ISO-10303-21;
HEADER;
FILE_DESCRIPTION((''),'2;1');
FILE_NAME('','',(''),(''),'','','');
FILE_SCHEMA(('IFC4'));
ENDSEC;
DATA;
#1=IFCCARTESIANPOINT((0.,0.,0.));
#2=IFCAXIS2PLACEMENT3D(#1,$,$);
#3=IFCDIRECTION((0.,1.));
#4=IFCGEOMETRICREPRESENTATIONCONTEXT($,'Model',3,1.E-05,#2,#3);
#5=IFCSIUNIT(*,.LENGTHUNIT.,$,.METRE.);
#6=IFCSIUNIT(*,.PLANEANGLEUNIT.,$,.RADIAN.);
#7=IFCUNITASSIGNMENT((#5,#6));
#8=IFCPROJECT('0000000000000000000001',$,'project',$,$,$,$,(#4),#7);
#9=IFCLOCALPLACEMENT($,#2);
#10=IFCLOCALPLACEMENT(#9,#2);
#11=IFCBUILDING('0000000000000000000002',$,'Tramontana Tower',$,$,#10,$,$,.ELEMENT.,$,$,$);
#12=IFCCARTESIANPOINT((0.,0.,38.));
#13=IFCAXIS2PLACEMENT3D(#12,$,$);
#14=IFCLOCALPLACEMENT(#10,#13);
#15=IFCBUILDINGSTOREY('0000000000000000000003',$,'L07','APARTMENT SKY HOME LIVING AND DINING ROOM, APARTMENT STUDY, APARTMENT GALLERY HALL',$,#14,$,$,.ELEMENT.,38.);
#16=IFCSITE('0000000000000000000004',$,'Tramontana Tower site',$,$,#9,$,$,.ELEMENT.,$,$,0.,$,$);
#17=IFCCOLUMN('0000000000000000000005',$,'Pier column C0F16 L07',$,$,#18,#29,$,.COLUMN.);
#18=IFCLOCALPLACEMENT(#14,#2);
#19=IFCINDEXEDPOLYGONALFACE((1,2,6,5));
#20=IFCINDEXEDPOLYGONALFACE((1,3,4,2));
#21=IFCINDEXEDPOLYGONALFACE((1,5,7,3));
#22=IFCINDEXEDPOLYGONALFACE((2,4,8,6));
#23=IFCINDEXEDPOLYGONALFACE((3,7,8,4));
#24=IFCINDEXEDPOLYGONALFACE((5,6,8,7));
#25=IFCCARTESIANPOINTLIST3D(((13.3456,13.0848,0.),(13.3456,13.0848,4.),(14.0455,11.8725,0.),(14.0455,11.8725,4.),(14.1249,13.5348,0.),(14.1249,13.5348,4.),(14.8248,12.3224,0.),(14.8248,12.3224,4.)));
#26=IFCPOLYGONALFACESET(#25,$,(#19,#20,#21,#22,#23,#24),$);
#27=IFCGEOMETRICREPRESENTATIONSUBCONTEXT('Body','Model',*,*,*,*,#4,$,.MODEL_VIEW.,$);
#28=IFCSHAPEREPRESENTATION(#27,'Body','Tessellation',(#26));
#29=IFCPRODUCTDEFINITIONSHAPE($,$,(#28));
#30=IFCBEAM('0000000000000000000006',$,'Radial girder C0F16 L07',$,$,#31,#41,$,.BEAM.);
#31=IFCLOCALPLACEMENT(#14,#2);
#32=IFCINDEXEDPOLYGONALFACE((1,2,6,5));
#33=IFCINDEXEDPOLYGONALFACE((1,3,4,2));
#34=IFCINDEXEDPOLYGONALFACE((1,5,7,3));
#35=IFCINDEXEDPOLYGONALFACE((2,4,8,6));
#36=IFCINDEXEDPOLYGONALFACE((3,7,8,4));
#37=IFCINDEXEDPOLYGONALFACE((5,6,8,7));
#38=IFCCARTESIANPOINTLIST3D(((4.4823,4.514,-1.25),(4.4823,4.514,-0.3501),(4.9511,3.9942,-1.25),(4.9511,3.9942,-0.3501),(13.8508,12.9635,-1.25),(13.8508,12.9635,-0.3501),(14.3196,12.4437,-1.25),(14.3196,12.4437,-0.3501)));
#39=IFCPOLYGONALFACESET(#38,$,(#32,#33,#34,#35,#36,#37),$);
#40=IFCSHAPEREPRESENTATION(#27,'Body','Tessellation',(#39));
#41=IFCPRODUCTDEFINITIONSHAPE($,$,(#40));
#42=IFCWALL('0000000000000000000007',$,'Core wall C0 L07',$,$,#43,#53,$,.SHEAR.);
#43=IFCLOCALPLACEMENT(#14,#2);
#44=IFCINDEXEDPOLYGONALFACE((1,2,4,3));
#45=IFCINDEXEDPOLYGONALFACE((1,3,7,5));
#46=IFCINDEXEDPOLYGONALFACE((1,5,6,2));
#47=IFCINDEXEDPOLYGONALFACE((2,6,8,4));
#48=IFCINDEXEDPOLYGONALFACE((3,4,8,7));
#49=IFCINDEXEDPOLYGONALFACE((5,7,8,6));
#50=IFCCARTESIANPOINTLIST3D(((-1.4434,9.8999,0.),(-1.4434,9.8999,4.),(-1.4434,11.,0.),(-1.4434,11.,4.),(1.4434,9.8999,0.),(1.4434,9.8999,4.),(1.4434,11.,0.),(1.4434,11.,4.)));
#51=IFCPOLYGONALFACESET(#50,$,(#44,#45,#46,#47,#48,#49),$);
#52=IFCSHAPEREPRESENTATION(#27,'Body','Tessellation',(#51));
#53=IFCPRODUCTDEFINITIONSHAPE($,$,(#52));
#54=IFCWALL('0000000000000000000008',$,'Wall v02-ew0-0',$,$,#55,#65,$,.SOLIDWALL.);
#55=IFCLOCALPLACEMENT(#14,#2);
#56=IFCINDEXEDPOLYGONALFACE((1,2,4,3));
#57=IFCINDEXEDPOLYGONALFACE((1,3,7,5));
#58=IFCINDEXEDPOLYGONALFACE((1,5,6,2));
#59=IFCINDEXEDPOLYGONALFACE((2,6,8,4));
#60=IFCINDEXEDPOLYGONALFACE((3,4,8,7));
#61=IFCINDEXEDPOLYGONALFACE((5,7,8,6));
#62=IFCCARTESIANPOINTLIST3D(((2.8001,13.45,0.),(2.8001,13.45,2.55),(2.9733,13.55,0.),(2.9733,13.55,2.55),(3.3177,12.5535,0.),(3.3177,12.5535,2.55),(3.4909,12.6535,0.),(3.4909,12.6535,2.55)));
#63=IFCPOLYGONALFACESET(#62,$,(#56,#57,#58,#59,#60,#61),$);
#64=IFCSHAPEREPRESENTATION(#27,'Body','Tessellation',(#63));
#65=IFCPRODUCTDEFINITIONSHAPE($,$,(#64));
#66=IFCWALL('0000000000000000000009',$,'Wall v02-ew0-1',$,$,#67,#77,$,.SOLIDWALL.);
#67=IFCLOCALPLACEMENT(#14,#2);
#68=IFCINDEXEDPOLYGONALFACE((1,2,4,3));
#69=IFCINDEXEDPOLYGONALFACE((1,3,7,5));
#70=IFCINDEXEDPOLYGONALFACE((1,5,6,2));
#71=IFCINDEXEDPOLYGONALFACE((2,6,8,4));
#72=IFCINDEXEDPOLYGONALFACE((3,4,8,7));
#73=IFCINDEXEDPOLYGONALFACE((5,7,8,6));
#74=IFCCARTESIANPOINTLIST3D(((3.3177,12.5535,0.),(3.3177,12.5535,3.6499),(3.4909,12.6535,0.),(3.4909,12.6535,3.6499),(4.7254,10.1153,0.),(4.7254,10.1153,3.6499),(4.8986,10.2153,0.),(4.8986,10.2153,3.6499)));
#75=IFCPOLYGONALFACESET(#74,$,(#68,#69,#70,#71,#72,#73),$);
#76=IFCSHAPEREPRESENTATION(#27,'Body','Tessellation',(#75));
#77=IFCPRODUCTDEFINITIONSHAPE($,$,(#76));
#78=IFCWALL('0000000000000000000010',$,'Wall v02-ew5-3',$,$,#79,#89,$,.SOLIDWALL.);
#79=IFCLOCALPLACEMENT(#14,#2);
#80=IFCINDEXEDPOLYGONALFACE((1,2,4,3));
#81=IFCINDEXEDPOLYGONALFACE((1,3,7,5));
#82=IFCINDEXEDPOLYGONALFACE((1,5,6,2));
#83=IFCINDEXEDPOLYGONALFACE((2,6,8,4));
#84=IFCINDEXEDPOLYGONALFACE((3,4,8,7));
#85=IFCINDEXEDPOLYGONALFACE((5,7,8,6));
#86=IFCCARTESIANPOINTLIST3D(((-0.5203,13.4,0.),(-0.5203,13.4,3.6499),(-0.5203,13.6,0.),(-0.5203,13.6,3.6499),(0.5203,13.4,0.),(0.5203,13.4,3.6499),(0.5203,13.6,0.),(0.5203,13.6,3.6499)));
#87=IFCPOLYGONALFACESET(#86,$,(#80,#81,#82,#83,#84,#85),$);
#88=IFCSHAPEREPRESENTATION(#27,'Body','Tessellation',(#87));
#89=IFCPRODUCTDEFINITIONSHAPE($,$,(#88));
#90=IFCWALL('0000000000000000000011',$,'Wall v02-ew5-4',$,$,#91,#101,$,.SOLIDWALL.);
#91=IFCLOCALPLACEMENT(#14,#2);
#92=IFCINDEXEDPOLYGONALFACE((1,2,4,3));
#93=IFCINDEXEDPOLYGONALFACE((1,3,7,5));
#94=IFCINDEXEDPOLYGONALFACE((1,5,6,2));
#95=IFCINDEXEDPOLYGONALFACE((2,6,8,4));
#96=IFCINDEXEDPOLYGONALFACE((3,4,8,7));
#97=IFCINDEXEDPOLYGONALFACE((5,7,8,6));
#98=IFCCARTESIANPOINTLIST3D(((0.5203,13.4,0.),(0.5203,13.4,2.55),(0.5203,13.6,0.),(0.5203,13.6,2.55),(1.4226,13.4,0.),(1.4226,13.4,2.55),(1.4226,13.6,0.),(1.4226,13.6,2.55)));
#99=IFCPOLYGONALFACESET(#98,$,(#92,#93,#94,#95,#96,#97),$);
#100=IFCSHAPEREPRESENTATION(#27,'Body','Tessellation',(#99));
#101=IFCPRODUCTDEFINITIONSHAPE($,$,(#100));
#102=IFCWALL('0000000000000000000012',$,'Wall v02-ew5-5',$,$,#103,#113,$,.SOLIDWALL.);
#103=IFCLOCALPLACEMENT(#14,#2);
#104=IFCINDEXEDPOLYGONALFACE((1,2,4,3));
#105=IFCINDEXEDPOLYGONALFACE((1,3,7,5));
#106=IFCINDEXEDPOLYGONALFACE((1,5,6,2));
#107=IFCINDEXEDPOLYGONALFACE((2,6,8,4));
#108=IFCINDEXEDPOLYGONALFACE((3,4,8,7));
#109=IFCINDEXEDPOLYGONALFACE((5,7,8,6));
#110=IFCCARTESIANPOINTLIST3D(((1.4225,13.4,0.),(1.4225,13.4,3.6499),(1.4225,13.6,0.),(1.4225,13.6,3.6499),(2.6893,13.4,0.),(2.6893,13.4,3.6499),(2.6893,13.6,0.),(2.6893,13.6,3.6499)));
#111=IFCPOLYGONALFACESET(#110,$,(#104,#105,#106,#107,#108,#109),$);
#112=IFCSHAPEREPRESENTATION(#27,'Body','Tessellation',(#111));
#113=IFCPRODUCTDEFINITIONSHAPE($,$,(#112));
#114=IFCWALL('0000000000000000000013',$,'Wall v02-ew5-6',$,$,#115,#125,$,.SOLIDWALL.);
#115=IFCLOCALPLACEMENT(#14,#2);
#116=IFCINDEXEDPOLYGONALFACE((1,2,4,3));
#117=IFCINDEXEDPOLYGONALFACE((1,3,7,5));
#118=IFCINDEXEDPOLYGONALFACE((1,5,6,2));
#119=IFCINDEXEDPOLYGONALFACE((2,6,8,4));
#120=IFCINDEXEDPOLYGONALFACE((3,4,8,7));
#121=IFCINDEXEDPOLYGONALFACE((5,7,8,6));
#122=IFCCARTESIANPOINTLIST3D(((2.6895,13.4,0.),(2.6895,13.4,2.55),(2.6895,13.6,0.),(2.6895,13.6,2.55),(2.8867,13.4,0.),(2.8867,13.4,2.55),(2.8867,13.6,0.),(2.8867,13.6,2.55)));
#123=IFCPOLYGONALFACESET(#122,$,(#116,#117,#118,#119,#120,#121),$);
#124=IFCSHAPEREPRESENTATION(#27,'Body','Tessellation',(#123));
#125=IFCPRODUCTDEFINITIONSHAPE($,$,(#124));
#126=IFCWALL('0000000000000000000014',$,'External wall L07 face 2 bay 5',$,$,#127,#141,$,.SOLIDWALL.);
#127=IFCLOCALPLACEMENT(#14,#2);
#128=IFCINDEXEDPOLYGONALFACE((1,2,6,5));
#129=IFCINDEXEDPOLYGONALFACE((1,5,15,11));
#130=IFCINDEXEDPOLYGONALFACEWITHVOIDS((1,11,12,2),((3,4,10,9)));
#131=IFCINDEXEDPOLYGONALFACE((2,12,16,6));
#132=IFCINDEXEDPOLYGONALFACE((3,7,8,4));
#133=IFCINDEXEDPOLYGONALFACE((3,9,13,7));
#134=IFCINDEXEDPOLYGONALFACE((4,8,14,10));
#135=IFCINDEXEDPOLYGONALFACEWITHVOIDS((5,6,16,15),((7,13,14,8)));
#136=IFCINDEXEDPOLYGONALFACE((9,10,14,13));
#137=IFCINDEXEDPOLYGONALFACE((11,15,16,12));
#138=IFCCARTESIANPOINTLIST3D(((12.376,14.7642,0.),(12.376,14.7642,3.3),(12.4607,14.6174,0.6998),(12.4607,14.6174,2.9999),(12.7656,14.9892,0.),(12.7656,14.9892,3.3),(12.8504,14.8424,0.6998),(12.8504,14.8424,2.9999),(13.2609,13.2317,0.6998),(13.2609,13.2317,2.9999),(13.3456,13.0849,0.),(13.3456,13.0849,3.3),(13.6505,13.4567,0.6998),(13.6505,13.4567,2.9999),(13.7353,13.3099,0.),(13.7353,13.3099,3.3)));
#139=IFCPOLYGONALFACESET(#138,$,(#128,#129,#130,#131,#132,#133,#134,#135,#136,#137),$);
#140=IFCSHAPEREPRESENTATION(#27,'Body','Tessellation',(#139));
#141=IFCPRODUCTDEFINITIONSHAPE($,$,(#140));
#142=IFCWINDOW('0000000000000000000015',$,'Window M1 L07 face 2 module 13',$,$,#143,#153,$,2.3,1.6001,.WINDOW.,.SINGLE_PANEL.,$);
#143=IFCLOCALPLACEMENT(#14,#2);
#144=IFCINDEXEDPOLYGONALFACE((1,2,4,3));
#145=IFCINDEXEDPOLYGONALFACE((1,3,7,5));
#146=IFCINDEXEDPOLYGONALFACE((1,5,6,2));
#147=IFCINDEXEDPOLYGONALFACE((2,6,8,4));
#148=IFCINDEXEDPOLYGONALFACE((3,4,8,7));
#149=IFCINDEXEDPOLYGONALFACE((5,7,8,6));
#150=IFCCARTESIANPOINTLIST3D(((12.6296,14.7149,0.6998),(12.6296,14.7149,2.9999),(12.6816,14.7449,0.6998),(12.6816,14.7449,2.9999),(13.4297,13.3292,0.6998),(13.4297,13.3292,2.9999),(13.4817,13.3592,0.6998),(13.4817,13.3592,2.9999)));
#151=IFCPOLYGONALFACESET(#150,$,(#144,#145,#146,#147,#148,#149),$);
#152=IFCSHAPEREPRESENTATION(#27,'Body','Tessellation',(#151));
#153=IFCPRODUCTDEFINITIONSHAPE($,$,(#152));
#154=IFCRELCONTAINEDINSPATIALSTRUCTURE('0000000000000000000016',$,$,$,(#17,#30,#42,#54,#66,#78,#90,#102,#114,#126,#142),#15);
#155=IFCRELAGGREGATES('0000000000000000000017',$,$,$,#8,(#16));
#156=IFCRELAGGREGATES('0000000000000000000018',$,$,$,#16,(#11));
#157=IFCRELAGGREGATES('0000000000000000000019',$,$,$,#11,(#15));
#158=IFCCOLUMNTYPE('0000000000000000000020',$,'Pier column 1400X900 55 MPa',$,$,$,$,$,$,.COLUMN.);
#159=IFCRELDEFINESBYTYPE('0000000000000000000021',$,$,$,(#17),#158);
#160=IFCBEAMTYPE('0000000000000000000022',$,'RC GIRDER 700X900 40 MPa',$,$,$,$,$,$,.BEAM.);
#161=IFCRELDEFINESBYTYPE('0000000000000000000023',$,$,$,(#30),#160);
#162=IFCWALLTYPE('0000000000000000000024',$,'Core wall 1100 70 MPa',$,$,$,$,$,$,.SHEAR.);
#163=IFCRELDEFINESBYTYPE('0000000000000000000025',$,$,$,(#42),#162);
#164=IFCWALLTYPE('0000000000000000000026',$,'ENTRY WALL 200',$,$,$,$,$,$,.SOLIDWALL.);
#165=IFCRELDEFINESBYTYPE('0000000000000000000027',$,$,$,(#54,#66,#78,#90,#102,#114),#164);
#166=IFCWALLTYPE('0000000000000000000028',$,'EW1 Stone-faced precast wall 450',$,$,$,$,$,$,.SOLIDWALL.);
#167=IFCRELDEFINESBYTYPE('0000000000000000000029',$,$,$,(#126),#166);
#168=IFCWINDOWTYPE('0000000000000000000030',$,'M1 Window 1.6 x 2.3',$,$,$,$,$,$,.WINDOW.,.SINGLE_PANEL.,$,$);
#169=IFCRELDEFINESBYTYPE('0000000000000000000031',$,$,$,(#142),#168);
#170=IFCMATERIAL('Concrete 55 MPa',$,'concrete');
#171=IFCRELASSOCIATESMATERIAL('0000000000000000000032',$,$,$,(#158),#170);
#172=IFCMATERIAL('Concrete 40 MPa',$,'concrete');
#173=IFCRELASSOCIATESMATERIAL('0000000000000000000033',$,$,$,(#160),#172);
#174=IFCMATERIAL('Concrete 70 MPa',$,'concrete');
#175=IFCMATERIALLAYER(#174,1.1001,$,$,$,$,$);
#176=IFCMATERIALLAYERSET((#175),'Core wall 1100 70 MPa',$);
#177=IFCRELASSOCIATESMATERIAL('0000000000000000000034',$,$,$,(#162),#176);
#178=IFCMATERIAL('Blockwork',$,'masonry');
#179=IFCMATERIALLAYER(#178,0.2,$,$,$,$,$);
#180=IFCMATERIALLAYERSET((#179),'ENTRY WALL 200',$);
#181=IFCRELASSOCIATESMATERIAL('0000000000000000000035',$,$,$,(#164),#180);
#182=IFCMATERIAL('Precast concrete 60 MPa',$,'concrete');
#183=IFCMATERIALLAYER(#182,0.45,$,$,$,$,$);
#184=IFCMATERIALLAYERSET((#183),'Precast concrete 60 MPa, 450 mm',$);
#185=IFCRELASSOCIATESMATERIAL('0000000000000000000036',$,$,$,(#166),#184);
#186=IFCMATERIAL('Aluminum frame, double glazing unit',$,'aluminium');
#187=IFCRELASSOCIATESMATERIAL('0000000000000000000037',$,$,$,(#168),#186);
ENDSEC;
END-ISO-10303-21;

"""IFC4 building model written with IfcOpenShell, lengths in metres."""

from ifc_helpers import new_model, si_unit, direction, frame, frame_2d, origin, origin_2d, place, context, subcontext, project, spatial, rectangle, extrude, material, layer, layer_set, material_profile, profile_set, type_object, element, fill, save


model = new_model("IFC4")

# Units and contexts
model_context = context("Model", 3, precision=1e-05, world=origin(), true_north=direction((0.0, 1.0)))
body_context = subcontext(model_context, "Body", "Model", "MODEL_VIEW")
ifc_project = project(units=[si_unit("LENGTHUNIT", "METRE"), si_unit("PLANEANGLEUNIT", "RADIAN")], contexts=[model_context])

# Site, building, storey
site_placement = place(None, origin())
site = spatial("IfcSite", under=ifc_project, at=site_placement, Name="Tramontana Tower site", CompositionType="ELEMENT", RefElevation=0.0)
building_placement = place(site_placement, origin())
building = spatial("IfcBuilding", under=site, at=building_placement, Name="Tramontana Tower", CompositionType="ELEMENT")
storey_placement = place(building_placement, frame((0.0, 0.0, 38.0)))
storey = spatial("IfcBuildingStorey", under=building, at=storey_placement, Name="L07", Description="APARTMENT SKY HOME LIVING AND DINING ROOM, APARTMENT STUDY, APARTMENT GALLERY HALL", CompositionType="ELEMENT", Elevation=38.0)

# Column
ifc_material_1 = material(Name="Concrete 55 MPa", Category="concrete")
ifc_material_profile_1 = material_profile(ifc_material_1, rectangle(XDim=1.3999, YDim=0.8999, at=origin_2d()), Name="Pier column 1400X900 55 MPa")
ifc_profile_set_1 = profile_set([ifc_material_profile_1], Name="Concrete 55 MPa")
column_type = type_object("IfcColumnType", Name="Pier column 1400X900 55 MPa", PredefinedType="COLUMN", material=ifc_profile_set_1)
column_placement = place(storey_placement, frame((14.0852, 12.7036, 0.0), z_axis=(0.0, 0.0, 1.0), x_axis=(-0.5, 0.866025, 0.0)))
element("IfcColumn", 1, at=column_placement, inside=storey, type_object=column_type, Name="Pier column C0F16 L07", PredefinedType="COLUMN", context=body_context, shape_type="SweptSolid", body=[
    extrude(rectangle(XDim=1.3999, YDim=0.8999, at=origin_2d()), origin(), (0.0, 0.0, 1.0), 4.0),
])

# Beam
ifc_material_2 = material(Name="Concrete 40 MPa", Category="concrete")
ifc_material_profile_2 = material_profile(ifc_material_2, rectangle(XDim=0.7, YDim=0.8999, at=origin_2d()), Name="RC GIRDER 700X900 40 MPa")
ifc_profile_set_2 = profile_set([ifc_material_profile_2], Name="Concrete 40 MPa")
beam_type = type_object("IfcBeamType", Name="RC GIRDER 700X900 40 MPa", PredefinedType="BEAM", material=ifc_profile_set_2)
beam_placement = place(storey_placement, frame((14.0852, 12.7036, -0.8), z_axis=(-0.742588, -0.669748, 0.0), x_axis=(0.669748, -0.742588, 0.0)))
element("IfcBeam", 2, at=beam_placement, inside=storey, type_object=beam_type, Name="Radial girder C0F16 L07", PredefinedType="BEAM", context=body_context, shape_type="SweptSolid", body=[
    extrude(rectangle(XDim=0.7, YDim=0.8999, at=origin_2d()), origin(), (0.0, 0.0, 1.0), 12.616),
])

# Walls
ifc_material_3 = material(Name="Concrete 70 MPa", Category="concrete")
ifc_layer_1 = layer(ifc_material_3, 1.1001)
ifc_layer_set_1 = layer_set([ifc_layer_1], Name="Core wall 1100 70 MPa")
wall_type_1 = type_object("IfcWallType", Name="Core wall 1100 70 MPa", PredefinedType="SHEAR", material=ifc_layer_set_1)
wall_1_placement = place(storey_placement, frame((1.4434, 10.45, 0.0), z_axis=(0.0, 0.0, 1.0), x_axis=(-1.0, 0.0, 0.0)))
element("IfcWall", 3, at=wall_1_placement, inside=storey, type_object=wall_type_1, Name="Core wall C0 L07", PredefinedType="SHEAR", context=body_context, shape_type="SweptSolid", body=[
    extrude(rectangle(XDim=2.8867, YDim=1.1001, at=frame_2d((1.4434, 0.0))), origin(), (0.0, 0.0, 1.0), 4.0),
])
ifc_material_4 = material(Name="Blockwork", Category="masonry")
ifc_layer_2 = layer(ifc_material_4, 0.2)
ifc_layer_set_2 = layer_set([ifc_layer_2], Name="ENTRY WALL 200")
wall_type_2 = type_object("IfcWallType", Name="ENTRY WALL 200", PredefinedType="SOLIDWALL", material=ifc_layer_set_2)
wall_2_placement = place(storey_placement, frame((2.8867, 13.5, 0.0), z_axis=(0.0, 0.0, 1.0), x_axis=(0.499995, -0.866028, 0.0)))
element("IfcWall", 4, at=wall_2_placement, inside=storey, type_object=wall_type_2, Name="Wall v02-ew0-0", PredefinedType="SOLIDWALL", context=body_context, shape_type="SweptSolid", body=[
    extrude(rectangle(XDim=1.0352, YDim=0.2, at=frame_2d((0.5176, 0.0))), origin(), (0.0, 0.0, 1.0), 2.55),
])
wall_3_placement = place(storey_placement, frame((3.4043, 12.6035, 0.0), z_axis=(0.0, 0.0, 1.0), x_axis=(0.5, -0.866025, 0.0)))
element("IfcWall", 5, at=wall_3_placement, inside=storey, type_object=wall_type_2, Name="Wall v02-ew0-1", PredefinedType="SOLIDWALL", context=body_context, shape_type="SweptSolid", body=[
    extrude(rectangle(XDim=2.8154, YDim=0.2, at=frame_2d((1.4077, 0.0))), origin(), (0.0, 0.0, 1.0), 3.6499),
])

# Walls
wall_4_placement = place(storey_placement, frame((-0.5203, 13.5, 0.0), z_axis=(0.0, 0.0, 1.0), x_axis=(1.0, 0.0, 0.0)))
element("IfcWall", 6, at=wall_4_placement, inside=storey, type_object=wall_type_2, Name="Wall v02-ew5-3", PredefinedType="SOLIDWALL", context=body_context, shape_type="SweptSolid", body=[
    extrude(rectangle(XDim=1.0405, YDim=0.2, at=frame_2d((0.5203, 0.0))), origin(), (0.0, 0.0, 1.0), 3.6499),
])
wall_5_placement = place(storey_placement, frame((0.5203, 13.5, 0.0), z_axis=(0.0, 0.0, 1.0), x_axis=(1.0, 0.0, 0.0)))
element("IfcWall", 7, at=wall_5_placement, inside=storey, type_object=wall_type_2, Name="Wall v02-ew5-4", PredefinedType="SOLIDWALL", context=body_context, shape_type="SweptSolid", body=[
    extrude(rectangle(XDim=0.9023, YDim=0.2, at=frame_2d((0.4512, 0.0))), origin(), (0.0, 0.0, 1.0), 2.55),
])
wall_6_placement = place(storey_placement, frame((1.4226, 13.5, 0.0), z_axis=(0.0, 0.0, 1.0), x_axis=(1.0, 0.0, 0.0)))
element("IfcWall", 8, at=wall_6_placement, inside=storey, type_object=wall_type_2, Name="Wall v02-ew5-5", PredefinedType="SOLIDWALL", context=body_context, shape_type="SweptSolid", body=[
    extrude(rectangle(XDim=1.2668, YDim=0.2, at=frame_2d((0.6333, 0.0))), origin(), (0.0, 0.0, 1.0), 3.6499),
])
wall_7_placement = place(storey_placement, frame((2.6895, 13.5, 0.0), z_axis=(0.0, 0.0, 1.0), x_axis=(1.0, 0.0, 0.0)))
element("IfcWall", 9, at=wall_7_placement, inside=storey, type_object=wall_type_2, Name="Wall v02-ew5-6", PredefinedType="SOLIDWALL", context=body_context, shape_type="SweptSolid", body=[
    extrude(rectangle(XDim=0.1973, YDim=0.2, at=frame_2d((0.0986, 0.0))), origin(), (0.0, 0.0, 1.0), 2.55),
])

# Wall, opening, window
ifc_material_5 = material(Name="Precast concrete 60 MPa", Category="concrete")
ifc_layer_3 = layer(ifc_material_5, 0.45)
ifc_layer_set_3 = layer_set([ifc_layer_3], Name="Precast concrete 60 MPa, 450 mm")
wall_type_3 = type_object("IfcWallType", Name="EW1 Stone-faced precast wall 450", PredefinedType="SOLIDWALL", material=ifc_layer_set_3)
wall_8_placement = place(storey_placement, frame((13.5405, 13.1973, 0.0), z_axis=(0.0, 0.0, 1.0), x_axis=(-0.500038, 0.866003, 0.0)))
wall_8 = element("IfcWall", 10, at=wall_8_placement, inside=storey, type_object=wall_type_3, Name="External wall L07 face 2 bay 5", PredefinedType="SOLIDWALL", context=body_context, shape_type="SweptSolid", body=[
    extrude(rectangle(XDim=1.9392, YDim=0.45, at=frame_2d((0.9697, 0.0))), origin(), (0.0, 0.0, 1.0), 3.3),
])
opening_1_placement = place(wall_8_placement, frame((0.1697, 0.0, 0.7)))
opening_1 = element("IfcOpeningElement", 11, at=opening_1_placement, cuts=wall_8, PredefinedType="OPENING", context=body_context, shape_type="SweptSolid", body=[
    extrude(rectangle(XDim=1.6001, YDim=2.3, at=frame_2d((0.8, 1.1499))), frame((0.0, 0.2349, 0.0), z_axis=(0.0, -1.0, 0.0), x_axis=(1.0, 0.0, 0.0)), (0.0, 0.0, 1.0), 0.47),
])
ifc_material_6 = material(Name="Aluminum frame, double glazing unit", Category="aluminium")
window_type = type_object("IfcWindowType", Name="M1 Window 1.6 x 2.3", PartitioningType="SINGLE_PANEL", PredefinedType="WINDOW", material=ifc_material_6)
window_1_placement = place(opening_1_placement, origin())
window_1 = element("IfcWindow", 12, at=window_1_placement, inside=storey, type_object=window_type, Name="Window M1 L07 face 2 module 13", OverallHeight=2.3, OverallWidth=1.6001, PartitioningType="SINGLE_PANEL", PredefinedType="WINDOW", context=body_context, shape_type="SweptSolid", body=[
    extrude(rectangle(XDim=1.6001, YDim=2.3, at=frame_2d((0.8, 1.1499))), frame((0.0, 0.03, 0.0), z_axis=(0.0, -1.0, 0.0), x_axis=(1.0, 0.0, 0.0)), (0.0, 0.0, 1.0), 0.0601),
])
fill(opening_1, window_1)

save(model, "model.ifc")
